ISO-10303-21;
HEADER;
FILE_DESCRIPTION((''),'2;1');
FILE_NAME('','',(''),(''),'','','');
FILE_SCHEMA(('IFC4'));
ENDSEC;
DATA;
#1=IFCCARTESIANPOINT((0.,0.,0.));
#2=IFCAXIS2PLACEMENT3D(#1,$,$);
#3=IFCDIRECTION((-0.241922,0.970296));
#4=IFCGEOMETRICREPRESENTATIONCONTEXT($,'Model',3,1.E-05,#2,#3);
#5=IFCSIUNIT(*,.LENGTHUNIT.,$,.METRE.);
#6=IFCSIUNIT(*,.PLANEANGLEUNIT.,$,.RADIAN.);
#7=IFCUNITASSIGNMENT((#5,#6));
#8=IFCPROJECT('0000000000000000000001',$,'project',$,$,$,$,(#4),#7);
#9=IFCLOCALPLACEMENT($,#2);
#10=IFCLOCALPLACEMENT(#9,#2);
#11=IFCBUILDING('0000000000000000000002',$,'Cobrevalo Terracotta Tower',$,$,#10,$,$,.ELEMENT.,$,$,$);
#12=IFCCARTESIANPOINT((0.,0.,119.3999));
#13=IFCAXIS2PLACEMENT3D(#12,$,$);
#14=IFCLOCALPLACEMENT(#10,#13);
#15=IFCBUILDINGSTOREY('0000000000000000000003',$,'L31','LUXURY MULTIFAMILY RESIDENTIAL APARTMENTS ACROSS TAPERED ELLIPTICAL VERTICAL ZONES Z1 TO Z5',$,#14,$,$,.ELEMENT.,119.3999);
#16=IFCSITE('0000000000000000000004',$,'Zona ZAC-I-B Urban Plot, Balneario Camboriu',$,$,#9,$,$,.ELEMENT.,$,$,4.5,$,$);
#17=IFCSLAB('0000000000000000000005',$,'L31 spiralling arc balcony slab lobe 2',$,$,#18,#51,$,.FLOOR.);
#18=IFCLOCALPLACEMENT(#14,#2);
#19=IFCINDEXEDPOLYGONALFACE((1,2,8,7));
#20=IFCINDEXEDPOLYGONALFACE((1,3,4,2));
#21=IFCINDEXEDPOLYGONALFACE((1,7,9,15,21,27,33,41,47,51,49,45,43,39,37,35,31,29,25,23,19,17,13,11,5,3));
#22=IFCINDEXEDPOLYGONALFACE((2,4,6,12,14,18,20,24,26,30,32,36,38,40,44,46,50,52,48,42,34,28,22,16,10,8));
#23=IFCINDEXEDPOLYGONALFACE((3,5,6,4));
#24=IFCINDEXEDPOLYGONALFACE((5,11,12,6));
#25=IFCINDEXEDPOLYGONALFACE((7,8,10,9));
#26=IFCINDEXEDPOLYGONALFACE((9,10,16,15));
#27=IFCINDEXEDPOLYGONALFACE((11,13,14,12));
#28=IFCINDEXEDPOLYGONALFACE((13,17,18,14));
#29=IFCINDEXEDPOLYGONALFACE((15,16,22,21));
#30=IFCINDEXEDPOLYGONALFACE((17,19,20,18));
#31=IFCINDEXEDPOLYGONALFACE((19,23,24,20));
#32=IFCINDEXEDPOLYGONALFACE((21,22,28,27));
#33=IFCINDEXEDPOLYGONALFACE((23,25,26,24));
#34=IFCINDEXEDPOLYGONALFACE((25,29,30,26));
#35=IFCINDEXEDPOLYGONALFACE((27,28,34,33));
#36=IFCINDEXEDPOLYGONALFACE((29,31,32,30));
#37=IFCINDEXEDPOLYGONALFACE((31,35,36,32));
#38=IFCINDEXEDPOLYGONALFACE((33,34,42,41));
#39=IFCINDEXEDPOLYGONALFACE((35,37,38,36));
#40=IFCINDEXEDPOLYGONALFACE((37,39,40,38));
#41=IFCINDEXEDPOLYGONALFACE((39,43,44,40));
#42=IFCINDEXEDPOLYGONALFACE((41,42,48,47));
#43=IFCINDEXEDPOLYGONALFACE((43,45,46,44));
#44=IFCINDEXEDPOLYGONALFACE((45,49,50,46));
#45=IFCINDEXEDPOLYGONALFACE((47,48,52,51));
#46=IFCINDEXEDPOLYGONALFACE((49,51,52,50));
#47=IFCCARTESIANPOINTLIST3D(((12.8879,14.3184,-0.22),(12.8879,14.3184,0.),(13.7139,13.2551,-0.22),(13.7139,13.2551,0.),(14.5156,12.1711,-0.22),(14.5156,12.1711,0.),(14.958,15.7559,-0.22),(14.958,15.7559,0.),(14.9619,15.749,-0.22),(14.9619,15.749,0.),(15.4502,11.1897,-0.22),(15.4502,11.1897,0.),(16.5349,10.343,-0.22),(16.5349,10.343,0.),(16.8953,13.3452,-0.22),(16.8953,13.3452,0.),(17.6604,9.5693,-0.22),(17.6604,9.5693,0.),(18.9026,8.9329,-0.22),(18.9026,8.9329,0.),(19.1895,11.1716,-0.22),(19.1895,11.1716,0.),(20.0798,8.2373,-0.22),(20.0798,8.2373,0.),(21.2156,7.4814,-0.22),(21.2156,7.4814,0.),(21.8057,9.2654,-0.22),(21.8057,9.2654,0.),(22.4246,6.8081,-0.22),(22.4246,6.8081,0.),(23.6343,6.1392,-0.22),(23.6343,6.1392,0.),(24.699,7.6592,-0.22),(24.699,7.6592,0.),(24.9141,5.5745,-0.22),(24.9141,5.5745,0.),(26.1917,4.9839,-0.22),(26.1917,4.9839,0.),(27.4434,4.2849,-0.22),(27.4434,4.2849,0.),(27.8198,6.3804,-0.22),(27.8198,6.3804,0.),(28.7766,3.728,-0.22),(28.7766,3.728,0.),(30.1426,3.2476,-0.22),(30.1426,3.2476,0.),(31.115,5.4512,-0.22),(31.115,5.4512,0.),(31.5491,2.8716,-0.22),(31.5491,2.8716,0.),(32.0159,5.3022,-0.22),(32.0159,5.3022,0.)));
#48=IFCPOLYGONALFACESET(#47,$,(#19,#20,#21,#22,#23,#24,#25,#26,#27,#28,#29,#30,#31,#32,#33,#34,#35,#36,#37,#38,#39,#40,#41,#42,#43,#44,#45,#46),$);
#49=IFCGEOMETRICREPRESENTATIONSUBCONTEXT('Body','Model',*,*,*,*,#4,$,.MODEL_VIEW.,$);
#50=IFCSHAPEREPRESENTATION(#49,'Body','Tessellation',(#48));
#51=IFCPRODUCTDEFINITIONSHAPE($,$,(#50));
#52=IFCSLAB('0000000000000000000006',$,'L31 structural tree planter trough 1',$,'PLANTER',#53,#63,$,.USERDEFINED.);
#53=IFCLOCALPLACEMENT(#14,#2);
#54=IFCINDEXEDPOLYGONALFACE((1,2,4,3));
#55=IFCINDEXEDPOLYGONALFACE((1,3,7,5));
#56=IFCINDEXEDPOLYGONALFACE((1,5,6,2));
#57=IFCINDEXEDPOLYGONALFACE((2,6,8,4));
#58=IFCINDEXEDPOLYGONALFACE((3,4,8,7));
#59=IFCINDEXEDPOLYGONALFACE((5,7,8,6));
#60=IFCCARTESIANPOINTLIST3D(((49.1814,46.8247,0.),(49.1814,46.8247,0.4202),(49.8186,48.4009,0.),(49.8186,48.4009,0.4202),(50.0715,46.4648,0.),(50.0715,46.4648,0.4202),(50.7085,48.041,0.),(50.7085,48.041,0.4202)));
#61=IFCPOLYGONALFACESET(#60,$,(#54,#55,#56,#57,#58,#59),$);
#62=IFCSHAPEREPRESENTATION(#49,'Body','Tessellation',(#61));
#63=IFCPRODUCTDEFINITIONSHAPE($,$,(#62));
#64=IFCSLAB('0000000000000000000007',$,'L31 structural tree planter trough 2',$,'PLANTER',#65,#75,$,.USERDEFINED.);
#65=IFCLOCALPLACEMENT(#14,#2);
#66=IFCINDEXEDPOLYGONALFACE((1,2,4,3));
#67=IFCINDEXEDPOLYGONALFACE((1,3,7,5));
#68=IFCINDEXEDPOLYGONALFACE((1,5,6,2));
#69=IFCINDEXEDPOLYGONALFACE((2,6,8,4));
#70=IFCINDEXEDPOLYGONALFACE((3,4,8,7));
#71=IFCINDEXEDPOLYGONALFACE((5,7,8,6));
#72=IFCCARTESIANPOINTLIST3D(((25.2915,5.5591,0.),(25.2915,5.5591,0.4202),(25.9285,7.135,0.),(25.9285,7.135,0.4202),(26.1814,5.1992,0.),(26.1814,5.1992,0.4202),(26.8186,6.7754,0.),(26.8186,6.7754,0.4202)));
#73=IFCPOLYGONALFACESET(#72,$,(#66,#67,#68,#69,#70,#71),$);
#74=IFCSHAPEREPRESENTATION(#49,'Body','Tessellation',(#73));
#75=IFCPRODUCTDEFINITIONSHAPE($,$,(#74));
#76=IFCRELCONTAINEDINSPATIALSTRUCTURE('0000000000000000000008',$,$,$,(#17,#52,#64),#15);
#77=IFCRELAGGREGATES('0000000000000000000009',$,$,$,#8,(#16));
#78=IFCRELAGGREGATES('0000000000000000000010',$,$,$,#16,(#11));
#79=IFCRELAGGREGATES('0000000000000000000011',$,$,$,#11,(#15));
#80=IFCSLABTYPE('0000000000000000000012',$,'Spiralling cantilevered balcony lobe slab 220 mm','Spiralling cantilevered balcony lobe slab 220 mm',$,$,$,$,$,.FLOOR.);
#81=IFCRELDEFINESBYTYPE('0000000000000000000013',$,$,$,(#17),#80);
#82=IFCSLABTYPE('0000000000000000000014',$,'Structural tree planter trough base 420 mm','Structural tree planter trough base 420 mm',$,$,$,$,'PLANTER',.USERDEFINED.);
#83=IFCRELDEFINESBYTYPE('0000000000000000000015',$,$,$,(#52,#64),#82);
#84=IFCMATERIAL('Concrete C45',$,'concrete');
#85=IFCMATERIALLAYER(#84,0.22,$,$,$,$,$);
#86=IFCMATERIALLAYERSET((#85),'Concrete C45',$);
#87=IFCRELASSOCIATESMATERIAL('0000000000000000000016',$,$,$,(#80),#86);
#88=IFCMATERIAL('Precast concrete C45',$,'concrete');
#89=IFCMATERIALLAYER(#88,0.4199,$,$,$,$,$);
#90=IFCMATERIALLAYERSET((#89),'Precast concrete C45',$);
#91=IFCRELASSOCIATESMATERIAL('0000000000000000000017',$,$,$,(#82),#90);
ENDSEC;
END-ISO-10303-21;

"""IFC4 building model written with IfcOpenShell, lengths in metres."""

from ifc_helpers import new_model, si_unit, direction, frame, origin, place, context, subcontext, project, spatial, polyline, outline, extrude, material, layer, layer_set, type_object, element, save


model = new_model("IFC4")

# Units and contexts
model_context = context("Model", 3, precision=1e-05, world=origin(), true_north=direction((-0.241922, 0.970296)))
body_context = subcontext(model_context, "Body", "Model", "MODEL_VIEW")
ifc_project = project(units=[si_unit("LENGTHUNIT", "METRE"), si_unit("PLANEANGLEUNIT", "RADIAN")], contexts=[model_context])

# Site, building, storey
site_placement = place(None, origin())
site = spatial("IfcSite", under=ifc_project, at=site_placement, Name="Zona ZAC-I-B Urban Plot, Balneario Camboriu", CompositionType="ELEMENT", RefElevation=4.5)
building_placement = place(site_placement, origin())
building = spatial("IfcBuilding", under=site, at=building_placement, Name="Cobrevalo Terracotta Tower", CompositionType="ELEMENT")
storey_placement = place(building_placement, frame((0.0, 0.0, 119.3999)))
storey = spatial("IfcBuildingStorey", under=building, at=storey_placement, Name="L31", Description="LUXURY MULTIFAMILY RESIDENTIAL APARTMENTS ACROSS TAPERED ELLIPTICAL VERTICAL ZONES Z1 TO Z5", CompositionType="ELEMENT", Elevation=119.3999)

# Slabs
ifc_material_1 = material(Name="Concrete C45", Category="concrete")
ifc_layer_1 = layer(ifc_material_1, 0.22)
ifc_layer_set_1 = layer_set([ifc_layer_1], Name="Concrete C45")
slab_type_1 = type_object("IfcSlabType", Name="Spiralling cantilevered balcony lobe slab 220 mm", Description="Spiralling cantilevered balcony lobe slab 220 mm", PredefinedType="FLOOR", material=ifc_layer_set_1)
slab_1_placement = place(storey_placement, frame((0.0, 0.0, -0.22)))
element("IfcSlab", 1, at=slab_1_placement, inside=storey, type_object=slab_type_1, Name="L31 spiralling arc balcony slab lobe 2", PredefinedType="FLOOR", context=body_context, shape_type="SweptSolid", body=[
    extrude(outline(polyline([(12.8879, 14.3184), (13.7139, 13.2551), (14.5156, 12.1711), (15.4502, 11.1897), (16.5349, 10.343), (17.6604, 9.5693), (18.9026, 8.9329), (20.0798, 8.2373), (21.2156, 7.4814), (22.4246, 6.8081), (23.6343, 6.1392), (24.9141, 5.5745), (26.1917, 4.9839), (27.4434, 4.2849), (28.7766, 3.728), (30.1426, 3.2476), (31.5491, 2.8716), (32.0159, 5.3022), (31.115, 5.4512), (27.8198, 6.3804), (24.699, 7.6592), (21.8057, 9.2654), (19.1895, 11.1716), (16.8953, 13.3452), (14.9619, 15.749), (14.958, 15.7559), (12.8879, 14.3184)])), origin(), (0.0, 0.0, 1.0), 0.22),
])
ifc_material_2 = material(Name="Precast concrete C45", Category="concrete")
ifc_layer_2 = layer(ifc_material_2, 0.4199)
ifc_layer_set_2 = layer_set([ifc_layer_2], Name="Precast concrete C45")
slab_type_2 = type_object("IfcSlabType", Name="Structural tree planter trough base 420 mm", Description="Structural tree planter trough base 420 mm", ElementType="PLANTER", PredefinedType="USERDEFINED", material=ifc_layer_set_2)
slab_2_placement = place(storey_placement, origin())
element("IfcSlab", 2, at=slab_2_placement, inside=storey, type_object=slab_type_2, Name="L31 structural tree planter trough 1", ObjectType="PLANTER", PredefinedType="USERDEFINED", context=body_context, shape_type="SweptSolid", body=[
    extrude(outline(polyline([(50.0715, 46.4648), (50.7085, 48.041), (49.8186, 48.4009), (49.1814, 46.8247), (50.0715, 46.4648)])), origin(), (0.0, 0.0, 1.0), 0.4202),
])
slab_3_placement = place(storey_placement, origin())
element("IfcSlab", 3, at=slab_3_placement, inside=storey, type_object=slab_type_2, Name="L31 structural tree planter trough 2", ObjectType="PLANTER", PredefinedType="USERDEFINED", context=body_context, shape_type="SweptSolid", body=[
    extrude(outline(polyline([(25.9285, 7.135), (25.2915, 5.5591), (26.1814, 5.1992), (26.8186, 6.7754), (25.9285, 7.135)])), origin(), (0.0, 0.0, 1.0), 0.4202),
])

save(model, "model.ifc")
